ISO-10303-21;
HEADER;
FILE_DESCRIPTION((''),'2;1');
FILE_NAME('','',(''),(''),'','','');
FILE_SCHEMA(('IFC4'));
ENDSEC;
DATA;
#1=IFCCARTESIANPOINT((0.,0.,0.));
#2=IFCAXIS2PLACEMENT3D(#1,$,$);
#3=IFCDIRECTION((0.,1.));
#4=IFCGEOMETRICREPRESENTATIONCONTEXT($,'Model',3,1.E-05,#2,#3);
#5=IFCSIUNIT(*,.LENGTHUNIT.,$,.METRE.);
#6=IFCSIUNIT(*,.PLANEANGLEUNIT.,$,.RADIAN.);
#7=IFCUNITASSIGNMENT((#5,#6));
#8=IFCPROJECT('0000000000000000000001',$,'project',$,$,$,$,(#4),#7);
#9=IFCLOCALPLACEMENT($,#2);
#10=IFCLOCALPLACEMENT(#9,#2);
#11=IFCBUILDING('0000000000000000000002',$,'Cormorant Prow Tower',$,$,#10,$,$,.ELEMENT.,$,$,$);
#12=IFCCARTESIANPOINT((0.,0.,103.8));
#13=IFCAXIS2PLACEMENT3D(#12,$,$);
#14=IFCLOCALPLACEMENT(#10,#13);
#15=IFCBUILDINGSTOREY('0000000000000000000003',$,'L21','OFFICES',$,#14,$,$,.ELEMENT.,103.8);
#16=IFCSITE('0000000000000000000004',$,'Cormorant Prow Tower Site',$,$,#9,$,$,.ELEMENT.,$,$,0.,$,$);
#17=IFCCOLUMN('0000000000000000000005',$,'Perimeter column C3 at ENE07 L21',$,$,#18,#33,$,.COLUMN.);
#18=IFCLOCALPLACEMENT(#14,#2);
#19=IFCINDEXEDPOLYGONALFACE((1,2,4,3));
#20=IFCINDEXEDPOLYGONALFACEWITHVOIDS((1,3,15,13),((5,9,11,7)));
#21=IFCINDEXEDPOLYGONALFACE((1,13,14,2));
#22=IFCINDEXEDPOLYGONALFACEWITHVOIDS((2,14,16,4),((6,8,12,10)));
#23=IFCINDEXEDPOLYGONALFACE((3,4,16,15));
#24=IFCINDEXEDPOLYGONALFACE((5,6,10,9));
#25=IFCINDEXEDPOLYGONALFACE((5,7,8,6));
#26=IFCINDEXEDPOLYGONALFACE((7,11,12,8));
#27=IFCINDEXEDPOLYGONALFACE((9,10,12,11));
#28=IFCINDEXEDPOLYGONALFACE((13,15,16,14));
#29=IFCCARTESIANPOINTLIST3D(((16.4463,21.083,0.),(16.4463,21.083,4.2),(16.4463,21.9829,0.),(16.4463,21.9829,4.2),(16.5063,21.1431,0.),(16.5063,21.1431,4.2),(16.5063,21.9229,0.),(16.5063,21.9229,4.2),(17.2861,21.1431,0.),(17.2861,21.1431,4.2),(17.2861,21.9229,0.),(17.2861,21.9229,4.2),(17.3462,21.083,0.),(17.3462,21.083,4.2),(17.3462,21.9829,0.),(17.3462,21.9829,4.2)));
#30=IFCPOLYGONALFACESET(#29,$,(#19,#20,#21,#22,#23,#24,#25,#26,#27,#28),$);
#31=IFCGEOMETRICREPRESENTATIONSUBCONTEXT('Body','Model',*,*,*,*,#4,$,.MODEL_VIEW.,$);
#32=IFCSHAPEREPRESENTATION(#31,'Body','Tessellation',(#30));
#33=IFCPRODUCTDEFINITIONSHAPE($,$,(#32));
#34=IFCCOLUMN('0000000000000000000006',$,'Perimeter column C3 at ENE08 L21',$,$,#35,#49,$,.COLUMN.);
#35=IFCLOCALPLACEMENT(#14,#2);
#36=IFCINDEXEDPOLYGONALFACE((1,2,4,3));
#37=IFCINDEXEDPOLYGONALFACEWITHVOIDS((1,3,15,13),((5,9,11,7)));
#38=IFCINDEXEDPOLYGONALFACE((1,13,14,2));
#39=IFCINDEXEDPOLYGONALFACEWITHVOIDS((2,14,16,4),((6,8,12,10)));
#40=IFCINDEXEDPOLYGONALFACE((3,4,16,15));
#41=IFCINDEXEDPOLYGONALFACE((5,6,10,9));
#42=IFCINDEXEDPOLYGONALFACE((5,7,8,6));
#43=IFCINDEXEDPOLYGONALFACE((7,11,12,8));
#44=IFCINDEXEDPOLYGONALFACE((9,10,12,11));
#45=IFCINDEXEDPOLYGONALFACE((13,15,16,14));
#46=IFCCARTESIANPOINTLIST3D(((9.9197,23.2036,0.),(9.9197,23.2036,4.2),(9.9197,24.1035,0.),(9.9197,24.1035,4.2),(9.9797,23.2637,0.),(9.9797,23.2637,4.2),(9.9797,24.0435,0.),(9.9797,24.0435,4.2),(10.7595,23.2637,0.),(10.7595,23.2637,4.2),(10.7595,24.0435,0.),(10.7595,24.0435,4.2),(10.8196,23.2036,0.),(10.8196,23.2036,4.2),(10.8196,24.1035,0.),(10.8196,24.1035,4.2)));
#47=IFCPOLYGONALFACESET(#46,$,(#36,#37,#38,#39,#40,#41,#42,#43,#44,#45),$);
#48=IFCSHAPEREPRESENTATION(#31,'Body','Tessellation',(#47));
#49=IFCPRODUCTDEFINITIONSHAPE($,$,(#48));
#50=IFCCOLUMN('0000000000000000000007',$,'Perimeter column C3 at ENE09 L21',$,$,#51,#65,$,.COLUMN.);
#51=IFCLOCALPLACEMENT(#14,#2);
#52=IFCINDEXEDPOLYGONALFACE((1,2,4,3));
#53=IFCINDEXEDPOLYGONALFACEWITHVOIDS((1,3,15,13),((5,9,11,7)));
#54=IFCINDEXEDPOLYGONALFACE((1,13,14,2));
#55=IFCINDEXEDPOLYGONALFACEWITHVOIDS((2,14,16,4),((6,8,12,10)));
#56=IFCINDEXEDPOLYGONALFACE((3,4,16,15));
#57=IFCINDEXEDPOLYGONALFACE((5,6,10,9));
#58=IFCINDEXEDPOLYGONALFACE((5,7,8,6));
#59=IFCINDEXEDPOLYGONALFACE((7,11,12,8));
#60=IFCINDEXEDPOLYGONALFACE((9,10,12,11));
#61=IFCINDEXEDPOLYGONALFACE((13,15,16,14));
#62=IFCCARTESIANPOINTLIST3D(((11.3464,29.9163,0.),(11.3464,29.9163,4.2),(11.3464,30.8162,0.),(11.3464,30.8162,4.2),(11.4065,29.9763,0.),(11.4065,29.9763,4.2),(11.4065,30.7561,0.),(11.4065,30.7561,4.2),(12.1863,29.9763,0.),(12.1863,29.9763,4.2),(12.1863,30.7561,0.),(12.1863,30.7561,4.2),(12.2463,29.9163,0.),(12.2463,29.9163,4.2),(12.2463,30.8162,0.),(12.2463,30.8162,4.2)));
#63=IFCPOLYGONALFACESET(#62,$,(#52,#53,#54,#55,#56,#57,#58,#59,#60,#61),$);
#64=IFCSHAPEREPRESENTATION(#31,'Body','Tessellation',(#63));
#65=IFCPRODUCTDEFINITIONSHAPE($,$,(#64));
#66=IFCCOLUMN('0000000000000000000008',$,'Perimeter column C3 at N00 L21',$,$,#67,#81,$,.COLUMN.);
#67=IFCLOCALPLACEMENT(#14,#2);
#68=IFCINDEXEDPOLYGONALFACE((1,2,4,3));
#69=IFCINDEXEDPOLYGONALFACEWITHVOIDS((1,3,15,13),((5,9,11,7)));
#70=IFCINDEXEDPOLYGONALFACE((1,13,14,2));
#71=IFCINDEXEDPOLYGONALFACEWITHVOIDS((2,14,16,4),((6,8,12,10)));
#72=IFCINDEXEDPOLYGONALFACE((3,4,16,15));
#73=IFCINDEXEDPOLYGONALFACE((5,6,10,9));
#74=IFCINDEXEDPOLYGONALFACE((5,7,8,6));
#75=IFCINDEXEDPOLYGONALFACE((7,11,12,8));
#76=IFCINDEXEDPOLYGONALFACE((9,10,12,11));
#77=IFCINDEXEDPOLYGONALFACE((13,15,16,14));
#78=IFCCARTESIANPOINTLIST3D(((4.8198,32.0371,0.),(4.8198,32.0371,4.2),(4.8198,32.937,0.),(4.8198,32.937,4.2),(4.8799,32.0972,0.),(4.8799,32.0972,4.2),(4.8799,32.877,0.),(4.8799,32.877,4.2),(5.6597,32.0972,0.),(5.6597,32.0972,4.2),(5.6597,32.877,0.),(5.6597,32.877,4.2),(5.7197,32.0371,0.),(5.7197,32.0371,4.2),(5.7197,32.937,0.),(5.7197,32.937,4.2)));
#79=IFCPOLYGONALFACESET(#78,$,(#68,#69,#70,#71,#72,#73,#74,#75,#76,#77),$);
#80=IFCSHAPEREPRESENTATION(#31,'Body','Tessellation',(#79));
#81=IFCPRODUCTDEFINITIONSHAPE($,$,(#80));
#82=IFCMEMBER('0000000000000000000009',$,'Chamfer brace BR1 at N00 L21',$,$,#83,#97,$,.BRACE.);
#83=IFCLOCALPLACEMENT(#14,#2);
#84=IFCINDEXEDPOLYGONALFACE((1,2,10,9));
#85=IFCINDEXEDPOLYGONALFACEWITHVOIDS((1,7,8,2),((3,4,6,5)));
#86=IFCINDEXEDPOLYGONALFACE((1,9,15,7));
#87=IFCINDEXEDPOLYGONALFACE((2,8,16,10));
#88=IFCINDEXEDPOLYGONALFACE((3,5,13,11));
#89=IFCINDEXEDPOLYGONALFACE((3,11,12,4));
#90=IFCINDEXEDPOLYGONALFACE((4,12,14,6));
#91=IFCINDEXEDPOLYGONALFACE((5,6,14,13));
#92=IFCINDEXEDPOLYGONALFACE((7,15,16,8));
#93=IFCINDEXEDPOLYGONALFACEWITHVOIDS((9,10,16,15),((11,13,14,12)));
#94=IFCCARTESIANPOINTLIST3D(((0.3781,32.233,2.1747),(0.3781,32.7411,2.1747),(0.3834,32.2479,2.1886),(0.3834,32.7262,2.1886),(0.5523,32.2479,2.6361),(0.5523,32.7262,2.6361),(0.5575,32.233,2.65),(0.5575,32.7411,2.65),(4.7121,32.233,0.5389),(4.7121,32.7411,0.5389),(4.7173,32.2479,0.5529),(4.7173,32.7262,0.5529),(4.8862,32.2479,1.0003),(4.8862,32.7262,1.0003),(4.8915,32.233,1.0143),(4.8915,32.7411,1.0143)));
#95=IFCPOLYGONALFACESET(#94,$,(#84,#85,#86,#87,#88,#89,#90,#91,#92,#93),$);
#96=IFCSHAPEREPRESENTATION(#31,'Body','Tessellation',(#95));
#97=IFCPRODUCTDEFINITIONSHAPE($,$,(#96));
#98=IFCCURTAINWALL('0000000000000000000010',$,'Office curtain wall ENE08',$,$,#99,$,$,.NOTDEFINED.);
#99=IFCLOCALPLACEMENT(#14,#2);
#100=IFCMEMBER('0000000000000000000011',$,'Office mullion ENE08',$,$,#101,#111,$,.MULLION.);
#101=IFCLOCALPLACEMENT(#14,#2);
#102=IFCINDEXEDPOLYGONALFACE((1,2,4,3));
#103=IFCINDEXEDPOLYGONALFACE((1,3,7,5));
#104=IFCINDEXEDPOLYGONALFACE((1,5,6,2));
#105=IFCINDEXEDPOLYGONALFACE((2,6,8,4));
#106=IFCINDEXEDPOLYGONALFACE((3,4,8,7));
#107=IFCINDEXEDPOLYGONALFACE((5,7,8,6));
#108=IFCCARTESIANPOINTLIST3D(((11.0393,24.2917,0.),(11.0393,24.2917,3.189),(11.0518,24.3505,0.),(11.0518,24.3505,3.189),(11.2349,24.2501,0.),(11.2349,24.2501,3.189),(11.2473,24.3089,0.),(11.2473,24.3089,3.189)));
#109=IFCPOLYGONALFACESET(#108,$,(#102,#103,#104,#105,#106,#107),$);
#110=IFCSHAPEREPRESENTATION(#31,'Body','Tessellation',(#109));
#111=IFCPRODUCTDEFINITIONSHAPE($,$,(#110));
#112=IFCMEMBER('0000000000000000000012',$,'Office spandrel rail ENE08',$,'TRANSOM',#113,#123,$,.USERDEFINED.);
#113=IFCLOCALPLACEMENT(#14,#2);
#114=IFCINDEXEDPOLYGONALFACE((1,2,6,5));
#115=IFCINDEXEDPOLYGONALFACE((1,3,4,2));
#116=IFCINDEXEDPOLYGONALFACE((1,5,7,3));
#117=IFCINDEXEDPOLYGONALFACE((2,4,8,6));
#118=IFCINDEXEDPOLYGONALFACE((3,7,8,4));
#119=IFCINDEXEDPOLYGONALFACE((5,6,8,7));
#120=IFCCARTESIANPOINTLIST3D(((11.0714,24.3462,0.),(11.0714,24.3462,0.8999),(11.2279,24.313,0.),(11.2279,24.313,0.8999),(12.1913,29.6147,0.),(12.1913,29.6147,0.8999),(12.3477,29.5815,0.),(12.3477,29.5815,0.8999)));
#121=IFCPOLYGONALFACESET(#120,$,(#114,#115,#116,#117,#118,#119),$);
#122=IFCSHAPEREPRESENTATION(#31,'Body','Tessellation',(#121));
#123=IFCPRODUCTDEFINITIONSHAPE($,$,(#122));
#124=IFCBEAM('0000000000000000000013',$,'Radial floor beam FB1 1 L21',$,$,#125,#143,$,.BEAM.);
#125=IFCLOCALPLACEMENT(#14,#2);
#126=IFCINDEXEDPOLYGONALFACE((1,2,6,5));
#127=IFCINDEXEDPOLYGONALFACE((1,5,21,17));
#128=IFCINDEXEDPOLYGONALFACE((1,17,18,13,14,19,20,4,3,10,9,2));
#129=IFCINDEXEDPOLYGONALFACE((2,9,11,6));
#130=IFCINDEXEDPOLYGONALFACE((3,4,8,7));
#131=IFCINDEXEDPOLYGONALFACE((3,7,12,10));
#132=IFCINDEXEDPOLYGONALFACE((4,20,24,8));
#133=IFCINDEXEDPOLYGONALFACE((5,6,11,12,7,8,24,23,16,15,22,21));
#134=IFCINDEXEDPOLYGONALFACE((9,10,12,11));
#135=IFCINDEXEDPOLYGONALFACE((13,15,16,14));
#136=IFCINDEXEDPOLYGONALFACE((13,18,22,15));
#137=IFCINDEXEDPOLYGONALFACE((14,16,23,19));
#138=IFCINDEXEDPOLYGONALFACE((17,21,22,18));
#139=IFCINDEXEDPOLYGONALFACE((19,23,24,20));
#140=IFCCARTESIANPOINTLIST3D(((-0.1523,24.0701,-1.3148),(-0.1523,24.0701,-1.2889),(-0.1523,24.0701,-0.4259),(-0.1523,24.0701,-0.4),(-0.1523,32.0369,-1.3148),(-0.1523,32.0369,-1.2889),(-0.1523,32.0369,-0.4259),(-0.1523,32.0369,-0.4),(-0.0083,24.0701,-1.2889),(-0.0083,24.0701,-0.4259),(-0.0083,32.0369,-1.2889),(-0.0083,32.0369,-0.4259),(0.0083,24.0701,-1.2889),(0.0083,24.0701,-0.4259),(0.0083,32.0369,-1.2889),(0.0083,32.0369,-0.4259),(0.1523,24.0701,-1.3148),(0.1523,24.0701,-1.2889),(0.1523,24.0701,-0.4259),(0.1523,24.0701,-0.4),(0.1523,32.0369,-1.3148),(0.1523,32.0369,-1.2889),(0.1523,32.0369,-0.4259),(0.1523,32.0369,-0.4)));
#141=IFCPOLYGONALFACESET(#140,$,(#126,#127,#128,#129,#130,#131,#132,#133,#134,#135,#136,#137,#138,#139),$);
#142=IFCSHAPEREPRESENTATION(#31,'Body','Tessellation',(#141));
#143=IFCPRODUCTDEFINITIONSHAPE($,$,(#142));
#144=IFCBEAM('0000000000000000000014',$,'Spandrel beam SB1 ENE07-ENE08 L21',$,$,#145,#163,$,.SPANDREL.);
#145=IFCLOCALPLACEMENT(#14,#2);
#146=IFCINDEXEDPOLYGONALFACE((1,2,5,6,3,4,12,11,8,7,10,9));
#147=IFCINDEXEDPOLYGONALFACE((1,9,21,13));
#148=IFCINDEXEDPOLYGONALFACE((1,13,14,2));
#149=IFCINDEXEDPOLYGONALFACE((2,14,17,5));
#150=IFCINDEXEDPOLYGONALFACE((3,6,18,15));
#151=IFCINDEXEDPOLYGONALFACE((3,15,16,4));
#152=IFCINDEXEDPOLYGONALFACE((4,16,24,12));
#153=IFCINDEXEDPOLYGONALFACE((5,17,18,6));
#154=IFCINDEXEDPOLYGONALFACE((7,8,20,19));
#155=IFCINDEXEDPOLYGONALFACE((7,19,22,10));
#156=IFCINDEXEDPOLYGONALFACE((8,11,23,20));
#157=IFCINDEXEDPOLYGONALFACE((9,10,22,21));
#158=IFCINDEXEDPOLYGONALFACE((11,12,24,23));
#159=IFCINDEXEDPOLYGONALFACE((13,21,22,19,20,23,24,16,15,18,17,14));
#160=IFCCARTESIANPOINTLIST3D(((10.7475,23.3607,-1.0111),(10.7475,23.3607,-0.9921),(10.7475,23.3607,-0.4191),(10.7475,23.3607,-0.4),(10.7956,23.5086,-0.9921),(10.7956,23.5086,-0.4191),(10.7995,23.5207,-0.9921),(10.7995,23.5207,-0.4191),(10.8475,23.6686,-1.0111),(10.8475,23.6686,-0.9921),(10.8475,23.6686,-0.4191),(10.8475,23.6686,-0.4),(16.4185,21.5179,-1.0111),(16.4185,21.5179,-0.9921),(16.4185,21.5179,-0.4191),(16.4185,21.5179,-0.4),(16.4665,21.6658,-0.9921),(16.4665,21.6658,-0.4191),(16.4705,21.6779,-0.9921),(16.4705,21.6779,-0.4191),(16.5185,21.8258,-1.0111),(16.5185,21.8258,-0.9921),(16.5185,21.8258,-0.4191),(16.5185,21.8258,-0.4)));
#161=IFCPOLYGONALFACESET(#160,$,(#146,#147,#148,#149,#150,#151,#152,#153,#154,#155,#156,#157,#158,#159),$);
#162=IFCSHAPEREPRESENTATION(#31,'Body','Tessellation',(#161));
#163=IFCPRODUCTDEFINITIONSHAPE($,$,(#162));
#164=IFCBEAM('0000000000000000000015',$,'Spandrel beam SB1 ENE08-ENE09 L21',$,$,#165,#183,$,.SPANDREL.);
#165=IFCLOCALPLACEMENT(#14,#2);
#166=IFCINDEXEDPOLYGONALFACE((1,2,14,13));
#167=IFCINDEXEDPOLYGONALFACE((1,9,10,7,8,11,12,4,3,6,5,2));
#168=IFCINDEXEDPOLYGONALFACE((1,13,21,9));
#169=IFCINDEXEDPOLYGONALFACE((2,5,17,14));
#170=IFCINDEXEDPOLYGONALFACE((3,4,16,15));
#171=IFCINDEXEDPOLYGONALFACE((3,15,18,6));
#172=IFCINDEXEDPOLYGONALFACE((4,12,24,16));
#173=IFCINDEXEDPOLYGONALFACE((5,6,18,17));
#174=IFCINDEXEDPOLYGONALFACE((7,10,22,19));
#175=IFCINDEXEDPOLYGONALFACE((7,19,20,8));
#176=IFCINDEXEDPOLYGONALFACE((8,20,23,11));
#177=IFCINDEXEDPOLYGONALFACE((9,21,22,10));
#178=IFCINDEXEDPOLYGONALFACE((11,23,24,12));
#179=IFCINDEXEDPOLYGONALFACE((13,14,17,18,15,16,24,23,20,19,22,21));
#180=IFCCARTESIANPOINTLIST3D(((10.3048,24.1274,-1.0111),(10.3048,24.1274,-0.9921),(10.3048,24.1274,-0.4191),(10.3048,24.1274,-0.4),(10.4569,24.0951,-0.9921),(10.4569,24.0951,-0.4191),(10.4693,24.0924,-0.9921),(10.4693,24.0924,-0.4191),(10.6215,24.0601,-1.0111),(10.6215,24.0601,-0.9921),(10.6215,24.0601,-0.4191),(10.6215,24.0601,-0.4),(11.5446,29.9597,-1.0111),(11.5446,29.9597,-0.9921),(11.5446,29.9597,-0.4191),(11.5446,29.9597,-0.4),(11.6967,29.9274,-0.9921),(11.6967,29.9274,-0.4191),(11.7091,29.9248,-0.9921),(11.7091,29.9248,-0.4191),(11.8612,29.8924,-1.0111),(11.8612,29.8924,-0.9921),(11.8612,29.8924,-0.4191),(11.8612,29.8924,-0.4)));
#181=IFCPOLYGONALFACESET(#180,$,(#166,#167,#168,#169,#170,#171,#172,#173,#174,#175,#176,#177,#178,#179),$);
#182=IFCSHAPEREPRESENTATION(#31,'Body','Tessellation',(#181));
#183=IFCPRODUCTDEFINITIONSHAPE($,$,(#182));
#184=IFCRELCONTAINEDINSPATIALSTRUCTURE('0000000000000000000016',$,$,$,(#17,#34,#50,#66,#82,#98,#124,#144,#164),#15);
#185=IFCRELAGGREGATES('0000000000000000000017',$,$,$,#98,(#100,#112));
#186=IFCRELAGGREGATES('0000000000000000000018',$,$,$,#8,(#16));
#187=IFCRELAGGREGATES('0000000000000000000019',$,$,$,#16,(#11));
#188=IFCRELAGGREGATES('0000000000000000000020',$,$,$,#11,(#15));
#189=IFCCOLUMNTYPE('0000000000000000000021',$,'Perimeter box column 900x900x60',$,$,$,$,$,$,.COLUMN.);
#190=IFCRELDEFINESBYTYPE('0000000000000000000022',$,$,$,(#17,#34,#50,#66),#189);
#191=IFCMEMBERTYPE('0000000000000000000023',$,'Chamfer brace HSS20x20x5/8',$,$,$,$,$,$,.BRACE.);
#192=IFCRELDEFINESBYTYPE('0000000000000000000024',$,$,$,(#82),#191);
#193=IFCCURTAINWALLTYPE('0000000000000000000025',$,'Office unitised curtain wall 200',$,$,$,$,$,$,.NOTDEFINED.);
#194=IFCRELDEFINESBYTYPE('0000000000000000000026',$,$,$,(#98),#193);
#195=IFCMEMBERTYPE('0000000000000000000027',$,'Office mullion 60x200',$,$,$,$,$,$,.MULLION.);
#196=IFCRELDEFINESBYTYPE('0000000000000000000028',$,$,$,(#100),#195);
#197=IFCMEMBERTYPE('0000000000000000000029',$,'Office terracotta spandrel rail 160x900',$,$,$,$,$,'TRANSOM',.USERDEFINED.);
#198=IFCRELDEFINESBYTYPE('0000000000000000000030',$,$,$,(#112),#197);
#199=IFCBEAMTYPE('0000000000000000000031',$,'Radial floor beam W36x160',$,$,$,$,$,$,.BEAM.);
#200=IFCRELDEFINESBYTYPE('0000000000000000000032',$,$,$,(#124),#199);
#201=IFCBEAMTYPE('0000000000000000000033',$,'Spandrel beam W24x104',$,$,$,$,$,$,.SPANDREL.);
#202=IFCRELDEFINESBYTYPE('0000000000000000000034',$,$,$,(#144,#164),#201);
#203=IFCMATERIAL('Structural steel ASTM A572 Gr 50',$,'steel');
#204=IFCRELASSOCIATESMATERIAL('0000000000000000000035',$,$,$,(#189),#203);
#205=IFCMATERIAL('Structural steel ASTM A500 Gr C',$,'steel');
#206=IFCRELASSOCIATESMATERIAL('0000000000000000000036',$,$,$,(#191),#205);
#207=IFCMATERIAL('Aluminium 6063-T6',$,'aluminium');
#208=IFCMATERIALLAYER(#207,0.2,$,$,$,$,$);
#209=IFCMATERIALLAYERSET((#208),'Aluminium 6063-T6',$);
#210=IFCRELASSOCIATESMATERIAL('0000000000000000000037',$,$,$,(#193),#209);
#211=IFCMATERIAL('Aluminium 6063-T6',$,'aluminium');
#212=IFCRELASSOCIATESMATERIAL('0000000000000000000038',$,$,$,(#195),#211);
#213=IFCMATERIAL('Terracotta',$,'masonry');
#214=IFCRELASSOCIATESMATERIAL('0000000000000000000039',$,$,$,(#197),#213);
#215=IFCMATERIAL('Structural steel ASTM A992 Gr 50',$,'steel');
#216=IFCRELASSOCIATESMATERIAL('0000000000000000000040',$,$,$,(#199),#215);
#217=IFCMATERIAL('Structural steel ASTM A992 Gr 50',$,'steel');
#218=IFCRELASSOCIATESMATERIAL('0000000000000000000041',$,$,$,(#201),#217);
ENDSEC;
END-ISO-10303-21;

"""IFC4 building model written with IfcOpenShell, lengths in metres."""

from ifc_helpers import new_model, si_unit, direction, frame, origin, origin_2d, place, context, subcontext, project, spatial, rectangle, hollow_rectangle, i_section, extrude, material, layer, layer_set, material_profile, profile_set, type_object, element, aggregate, save


model = new_model("IFC4")

# Units and contexts
model_context = context("Model", 3, precision=1e-05, world=origin(), true_north=direction((0.0, 1.0)))
body_context = subcontext(model_context, "Body", "Model", "MODEL_VIEW")
ifc_project = project(units=[si_unit("LENGTHUNIT", "METRE"), si_unit("PLANEANGLEUNIT", "RADIAN")], contexts=[model_context])

# Site, building, storey
site_placement = place(None, origin())
site = spatial("IfcSite", under=ifc_project, at=site_placement, Name="Cormorant Prow Tower Site", CompositionType="ELEMENT", RefElevation=0.0)
building_placement = place(site_placement, origin())
building = spatial("IfcBuilding", under=site, at=building_placement, Name="Cormorant Prow Tower", CompositionType="ELEMENT")
storey_placement = place(building_placement, frame((0.0, 0.0, 103.8)))
storey = spatial("IfcBuildingStorey", under=building, at=storey_placement, Name="L21", Description="OFFICES", CompositionType="ELEMENT", Elevation=103.8)

# Columns
ifc_material_1 = material(Name="Structural steel ASTM A572 Gr 50", Category="steel")
ifc_material_profile_1 = material_profile(ifc_material_1, hollow_rectangle(XDim=0.8999, YDim=0.8999, WallThickness=0.0601, at=origin_2d()), Name="Box 900x900x60")
ifc_profile_set_1 = profile_set([ifc_material_profile_1], Name="Structural steel ASTM A572 Gr 50")
column_type = type_object("IfcColumnType", Name="Perimeter box column 900x900x60", PredefinedType="COLUMN", material=ifc_profile_set_1)
for number, where, z_axis, x_axis, name in (
    (1, (16.8962, 21.533, 0.0), (0.0, 0.0, 1.0), (1.0, 0.0, 0.0), "Perimeter column C3 at ENE07 L21"),
    (2, (10.3696, 23.6536, 0.0), (0.0, 0.0, 1.0), (1.0, 0.0, 0.0), "Perimeter column C3 at ENE08 L21"),
    (3, (11.7964, 30.3662, 0.0), (0.0, 0.0, 1.0), (1.0, 0.0, 0.0), "Perimeter column C3 at ENE09 L21"),
    (4, (5.2698, 32.4871, 0.0), (0.0, 0.0, 1.0), (1.0, 0.0, 0.0), "Perimeter column C3 at N00 L21"),
):
    element("IfcColumn", number, at=place(storey_placement, frame(where, z_axis=z_axis, x_axis=x_axis)), inside=storey, type_object=column_type, Name=name, PredefinedType="COLUMN", context=body_context, shape_type="SweptSolid", body=[
        extrude(hollow_rectangle(XDim=0.8999, YDim=0.8999, WallThickness=0.0601, at=origin_2d()), origin(), (0.0, 0.0, 1.0), 4.2),
    ])

# Member
ifc_material_2 = material(Name="Structural steel ASTM A500 Gr C", Category="steel")
ifc_material_profile_2 = material_profile(ifc_material_2, hollow_rectangle(XDim=0.5081, YDim=0.5081, WallThickness=0.0149, at=origin_2d()), Name="HSS20x20x5/8")
ifc_profile_set_2 = profile_set([ifc_material_profile_2], Name="Structural steel ASTM A500 Gr C")
member_type_1 = type_object("IfcMemberType", Name="Chamfer brace HSS20x20x5/8", PredefinedType="BRACE", material=ifc_profile_set_2)
member_1_placement = place(storey_placement, frame((4.8018, 32.4871, 0.7766), z_axis=(-0.935582, 0.0, 0.353109), x_axis=(0.0, -1.0, 0.0)))
element("IfcMember", 5, at=member_1_placement, inside=storey, type_object=member_type_1, Name="Chamfer brace BR1 at N00 L21", PredefinedType="BRACE", context=body_context, shape_type="SweptSolid", body=[
    extrude(hollow_rectangle(XDim=0.5081, YDim=0.5081, WallThickness=0.0149, at=origin_2d()), origin(), (0.0, 0.0, 1.0), 4.6323),
])

# Curtain wall, members
ifc_material_3 = material(Name="Aluminium 6063-T6", Category="aluminium")
ifc_layer_1 = layer(ifc_material_3, 0.2)
ifc_layer_set_1 = layer_set([ifc_layer_1], Name="Aluminium 6063-T6")
curtain_wall_type = type_object("IfcCurtainWallType", Name="Office unitised curtain wall 200", PredefinedType="NOTDEFINED", material=ifc_layer_set_1)
curtain_wall_placement = place(storey_placement, origin())
curtain_wall = element("IfcCurtainWall", 6, at=curtain_wall_placement, inside=storey, type_object=curtain_wall_type, Name="Office curtain wall ENE08", PredefinedType="NOTDEFINED")
ifc_material_4 = material(Name="Aluminium 6063-T6", Category="aluminium")
ifc_material_profile_3 = material_profile(ifc_material_4, rectangle(XDim=0.2, YDim=0.0601, at=origin_2d()), Name="Office mullion 60x200")
ifc_profile_set_3 = profile_set([ifc_material_profile_3], Name="Aluminium 6063-T6")
member_type_2 = type_object("IfcMemberType", Name="Office mullion 60x200", PredefinedType="MULLION", material=ifc_profile_set_3)
member_2_placement = place(storey_placement, frame((11.1433, 24.3003, 0.0), z_axis=(0.0, 0.0, 1.0), x_axis=(-0.978148, 0.207912, 0.0)))
member_2 = element("IfcMember", 7, at=member_2_placement, type_object=member_type_2, Name="Office mullion ENE08", PredefinedType="MULLION", context=body_context, shape_type="SweptSolid", body=[
    extrude(rectangle(XDim=0.2, YDim=0.0601, at=origin_2d()), origin(), (0.0, 0.0, 1.0), 3.189),
])
ifc_material_5 = material(Name="Terracotta", Category="masonry")
ifc_material_profile_4 = material_profile(ifc_material_5, rectangle(XDim=0.1599, YDim=0.8999, at=origin_2d()), Name="Office terracotta spandrel rail 160x900")
ifc_profile_set_4 = profile_set([ifc_material_profile_4], Name="Terracotta")
member_type_3 = type_object("IfcMemberType", Name="Office terracotta spandrel rail 160x900", ElementType="TRANSOM", PredefinedType="USERDEFINED", material=ifc_profile_set_4)
member_3_placement = place(storey_placement, frame((11.1497, 24.3296, 0.45), z_axis=(0.207913, 0.978147, 0.0), x_axis=(-0.978147, 0.207913, 0.0)))
member_3 = element("IfcMember", 8, at=member_3_placement, type_object=member_type_3, Name="Office spandrel rail ENE08", ObjectType="TRANSOM", PredefinedType="USERDEFINED", context=body_context, shape_type="SweptSolid", body=[
    extrude(rectangle(XDim=0.1599, YDim=0.8999, at=origin_2d()), origin(), (0.0, 0.0, 1.0), 5.3862),
])

# Beams
ifc_material_6 = material(Name="Structural steel ASTM A992 Gr 50", Category="steel")
ifc_material_profile_5 = material_profile(ifc_material_6, i_section(OverallWidth=0.3047, OverallDepth=0.9148, WebThickness=0.0166, FlangeThickness=0.0259, at=origin_2d()), Name="W36x160")
ifc_profile_set_5 = profile_set([ifc_material_profile_5], Name="Structural steel ASTM A992 Gr 50")
beam_type_1 = type_object("IfcBeamType", Name="Radial floor beam W36x160", PredefinedType="BEAM", material=ifc_profile_set_5)
beam_1_placement = place(storey_placement, frame((0.0, 24.0701, -0.8574), z_axis=(0.0, 1.0, 0.0), x_axis=(-1.0, 0.0, 0.0)))
element("IfcBeam", 9, at=beam_1_placement, inside=storey, type_object=beam_type_1, Name="Radial floor beam FB1 1 L21", PredefinedType="BEAM", context=body_context, shape_type="SweptSolid", body=[
    extrude(i_section(OverallWidth=0.3047, OverallDepth=0.9148, WebThickness=0.0166, FlangeThickness=0.0259, at=origin_2d()), origin(), (0.0, 0.0, 1.0), 7.9668),
])
ifc_material_7 = material(Name="Structural steel ASTM A992 Gr 50", Category="steel")
ifc_material_profile_6 = material_profile(ifc_material_7, i_section(OverallWidth=0.3237, OverallDepth=0.6111, WebThickness=0.0127, FlangeThickness=0.019, at=origin_2d()), Name="W24x104")
ifc_profile_set_6 = profile_set([ifc_material_profile_6], Name="Structural steel ASTM A992 Gr 50")
beam_type_2 = type_object("IfcBeamType", Name="Spandrel beam W24x104", PredefinedType="SPANDREL", material=ifc_profile_set_6)
beam_2_placement = place(storey_placement, frame((16.4685, 21.6719, -0.7056), z_axis=(-0.951047, 0.309045, 0.0), x_axis=(-0.309045, -0.951047, 0.0)))
element("IfcBeam", 10, at=beam_2_placement, inside=storey, type_object=beam_type_2, Name="Spandrel beam SB1 ENE07-ENE08 L21", PredefinedType="SPANDREL", context=body_context, shape_type="SweptSolid", body=[
    extrude(i_section(OverallWidth=0.3237, OverallDepth=0.6111, WebThickness=0.0127, FlangeThickness=0.019, at=origin_2d()), origin(), (0.0, 0.0, 1.0), 5.9629),
])
beam_3_placement = place(storey_placement, frame((10.4631, 24.0938, -0.7056), z_axis=(0.207921, 0.978146, 0.0), x_axis=(-0.978146, 0.207921, 0.0)))
element("IfcBeam", 11, at=beam_3_placement, inside=storey, type_object=beam_type_2, Name="Spandrel beam SB1 ENE08-ENE09 L21", PredefinedType="SPANDREL", context=body_context, shape_type="SweptSolid", body=[
    extrude(i_section(OverallWidth=0.3237, OverallDepth=0.6111, WebThickness=0.0127, FlangeThickness=0.019, at=origin_2d()), origin(), (0.0, 0.0, 1.0), 5.9626),
])

aggregate(curtain_wall, [member_2, member_3])

save(model, "model.ifc")
